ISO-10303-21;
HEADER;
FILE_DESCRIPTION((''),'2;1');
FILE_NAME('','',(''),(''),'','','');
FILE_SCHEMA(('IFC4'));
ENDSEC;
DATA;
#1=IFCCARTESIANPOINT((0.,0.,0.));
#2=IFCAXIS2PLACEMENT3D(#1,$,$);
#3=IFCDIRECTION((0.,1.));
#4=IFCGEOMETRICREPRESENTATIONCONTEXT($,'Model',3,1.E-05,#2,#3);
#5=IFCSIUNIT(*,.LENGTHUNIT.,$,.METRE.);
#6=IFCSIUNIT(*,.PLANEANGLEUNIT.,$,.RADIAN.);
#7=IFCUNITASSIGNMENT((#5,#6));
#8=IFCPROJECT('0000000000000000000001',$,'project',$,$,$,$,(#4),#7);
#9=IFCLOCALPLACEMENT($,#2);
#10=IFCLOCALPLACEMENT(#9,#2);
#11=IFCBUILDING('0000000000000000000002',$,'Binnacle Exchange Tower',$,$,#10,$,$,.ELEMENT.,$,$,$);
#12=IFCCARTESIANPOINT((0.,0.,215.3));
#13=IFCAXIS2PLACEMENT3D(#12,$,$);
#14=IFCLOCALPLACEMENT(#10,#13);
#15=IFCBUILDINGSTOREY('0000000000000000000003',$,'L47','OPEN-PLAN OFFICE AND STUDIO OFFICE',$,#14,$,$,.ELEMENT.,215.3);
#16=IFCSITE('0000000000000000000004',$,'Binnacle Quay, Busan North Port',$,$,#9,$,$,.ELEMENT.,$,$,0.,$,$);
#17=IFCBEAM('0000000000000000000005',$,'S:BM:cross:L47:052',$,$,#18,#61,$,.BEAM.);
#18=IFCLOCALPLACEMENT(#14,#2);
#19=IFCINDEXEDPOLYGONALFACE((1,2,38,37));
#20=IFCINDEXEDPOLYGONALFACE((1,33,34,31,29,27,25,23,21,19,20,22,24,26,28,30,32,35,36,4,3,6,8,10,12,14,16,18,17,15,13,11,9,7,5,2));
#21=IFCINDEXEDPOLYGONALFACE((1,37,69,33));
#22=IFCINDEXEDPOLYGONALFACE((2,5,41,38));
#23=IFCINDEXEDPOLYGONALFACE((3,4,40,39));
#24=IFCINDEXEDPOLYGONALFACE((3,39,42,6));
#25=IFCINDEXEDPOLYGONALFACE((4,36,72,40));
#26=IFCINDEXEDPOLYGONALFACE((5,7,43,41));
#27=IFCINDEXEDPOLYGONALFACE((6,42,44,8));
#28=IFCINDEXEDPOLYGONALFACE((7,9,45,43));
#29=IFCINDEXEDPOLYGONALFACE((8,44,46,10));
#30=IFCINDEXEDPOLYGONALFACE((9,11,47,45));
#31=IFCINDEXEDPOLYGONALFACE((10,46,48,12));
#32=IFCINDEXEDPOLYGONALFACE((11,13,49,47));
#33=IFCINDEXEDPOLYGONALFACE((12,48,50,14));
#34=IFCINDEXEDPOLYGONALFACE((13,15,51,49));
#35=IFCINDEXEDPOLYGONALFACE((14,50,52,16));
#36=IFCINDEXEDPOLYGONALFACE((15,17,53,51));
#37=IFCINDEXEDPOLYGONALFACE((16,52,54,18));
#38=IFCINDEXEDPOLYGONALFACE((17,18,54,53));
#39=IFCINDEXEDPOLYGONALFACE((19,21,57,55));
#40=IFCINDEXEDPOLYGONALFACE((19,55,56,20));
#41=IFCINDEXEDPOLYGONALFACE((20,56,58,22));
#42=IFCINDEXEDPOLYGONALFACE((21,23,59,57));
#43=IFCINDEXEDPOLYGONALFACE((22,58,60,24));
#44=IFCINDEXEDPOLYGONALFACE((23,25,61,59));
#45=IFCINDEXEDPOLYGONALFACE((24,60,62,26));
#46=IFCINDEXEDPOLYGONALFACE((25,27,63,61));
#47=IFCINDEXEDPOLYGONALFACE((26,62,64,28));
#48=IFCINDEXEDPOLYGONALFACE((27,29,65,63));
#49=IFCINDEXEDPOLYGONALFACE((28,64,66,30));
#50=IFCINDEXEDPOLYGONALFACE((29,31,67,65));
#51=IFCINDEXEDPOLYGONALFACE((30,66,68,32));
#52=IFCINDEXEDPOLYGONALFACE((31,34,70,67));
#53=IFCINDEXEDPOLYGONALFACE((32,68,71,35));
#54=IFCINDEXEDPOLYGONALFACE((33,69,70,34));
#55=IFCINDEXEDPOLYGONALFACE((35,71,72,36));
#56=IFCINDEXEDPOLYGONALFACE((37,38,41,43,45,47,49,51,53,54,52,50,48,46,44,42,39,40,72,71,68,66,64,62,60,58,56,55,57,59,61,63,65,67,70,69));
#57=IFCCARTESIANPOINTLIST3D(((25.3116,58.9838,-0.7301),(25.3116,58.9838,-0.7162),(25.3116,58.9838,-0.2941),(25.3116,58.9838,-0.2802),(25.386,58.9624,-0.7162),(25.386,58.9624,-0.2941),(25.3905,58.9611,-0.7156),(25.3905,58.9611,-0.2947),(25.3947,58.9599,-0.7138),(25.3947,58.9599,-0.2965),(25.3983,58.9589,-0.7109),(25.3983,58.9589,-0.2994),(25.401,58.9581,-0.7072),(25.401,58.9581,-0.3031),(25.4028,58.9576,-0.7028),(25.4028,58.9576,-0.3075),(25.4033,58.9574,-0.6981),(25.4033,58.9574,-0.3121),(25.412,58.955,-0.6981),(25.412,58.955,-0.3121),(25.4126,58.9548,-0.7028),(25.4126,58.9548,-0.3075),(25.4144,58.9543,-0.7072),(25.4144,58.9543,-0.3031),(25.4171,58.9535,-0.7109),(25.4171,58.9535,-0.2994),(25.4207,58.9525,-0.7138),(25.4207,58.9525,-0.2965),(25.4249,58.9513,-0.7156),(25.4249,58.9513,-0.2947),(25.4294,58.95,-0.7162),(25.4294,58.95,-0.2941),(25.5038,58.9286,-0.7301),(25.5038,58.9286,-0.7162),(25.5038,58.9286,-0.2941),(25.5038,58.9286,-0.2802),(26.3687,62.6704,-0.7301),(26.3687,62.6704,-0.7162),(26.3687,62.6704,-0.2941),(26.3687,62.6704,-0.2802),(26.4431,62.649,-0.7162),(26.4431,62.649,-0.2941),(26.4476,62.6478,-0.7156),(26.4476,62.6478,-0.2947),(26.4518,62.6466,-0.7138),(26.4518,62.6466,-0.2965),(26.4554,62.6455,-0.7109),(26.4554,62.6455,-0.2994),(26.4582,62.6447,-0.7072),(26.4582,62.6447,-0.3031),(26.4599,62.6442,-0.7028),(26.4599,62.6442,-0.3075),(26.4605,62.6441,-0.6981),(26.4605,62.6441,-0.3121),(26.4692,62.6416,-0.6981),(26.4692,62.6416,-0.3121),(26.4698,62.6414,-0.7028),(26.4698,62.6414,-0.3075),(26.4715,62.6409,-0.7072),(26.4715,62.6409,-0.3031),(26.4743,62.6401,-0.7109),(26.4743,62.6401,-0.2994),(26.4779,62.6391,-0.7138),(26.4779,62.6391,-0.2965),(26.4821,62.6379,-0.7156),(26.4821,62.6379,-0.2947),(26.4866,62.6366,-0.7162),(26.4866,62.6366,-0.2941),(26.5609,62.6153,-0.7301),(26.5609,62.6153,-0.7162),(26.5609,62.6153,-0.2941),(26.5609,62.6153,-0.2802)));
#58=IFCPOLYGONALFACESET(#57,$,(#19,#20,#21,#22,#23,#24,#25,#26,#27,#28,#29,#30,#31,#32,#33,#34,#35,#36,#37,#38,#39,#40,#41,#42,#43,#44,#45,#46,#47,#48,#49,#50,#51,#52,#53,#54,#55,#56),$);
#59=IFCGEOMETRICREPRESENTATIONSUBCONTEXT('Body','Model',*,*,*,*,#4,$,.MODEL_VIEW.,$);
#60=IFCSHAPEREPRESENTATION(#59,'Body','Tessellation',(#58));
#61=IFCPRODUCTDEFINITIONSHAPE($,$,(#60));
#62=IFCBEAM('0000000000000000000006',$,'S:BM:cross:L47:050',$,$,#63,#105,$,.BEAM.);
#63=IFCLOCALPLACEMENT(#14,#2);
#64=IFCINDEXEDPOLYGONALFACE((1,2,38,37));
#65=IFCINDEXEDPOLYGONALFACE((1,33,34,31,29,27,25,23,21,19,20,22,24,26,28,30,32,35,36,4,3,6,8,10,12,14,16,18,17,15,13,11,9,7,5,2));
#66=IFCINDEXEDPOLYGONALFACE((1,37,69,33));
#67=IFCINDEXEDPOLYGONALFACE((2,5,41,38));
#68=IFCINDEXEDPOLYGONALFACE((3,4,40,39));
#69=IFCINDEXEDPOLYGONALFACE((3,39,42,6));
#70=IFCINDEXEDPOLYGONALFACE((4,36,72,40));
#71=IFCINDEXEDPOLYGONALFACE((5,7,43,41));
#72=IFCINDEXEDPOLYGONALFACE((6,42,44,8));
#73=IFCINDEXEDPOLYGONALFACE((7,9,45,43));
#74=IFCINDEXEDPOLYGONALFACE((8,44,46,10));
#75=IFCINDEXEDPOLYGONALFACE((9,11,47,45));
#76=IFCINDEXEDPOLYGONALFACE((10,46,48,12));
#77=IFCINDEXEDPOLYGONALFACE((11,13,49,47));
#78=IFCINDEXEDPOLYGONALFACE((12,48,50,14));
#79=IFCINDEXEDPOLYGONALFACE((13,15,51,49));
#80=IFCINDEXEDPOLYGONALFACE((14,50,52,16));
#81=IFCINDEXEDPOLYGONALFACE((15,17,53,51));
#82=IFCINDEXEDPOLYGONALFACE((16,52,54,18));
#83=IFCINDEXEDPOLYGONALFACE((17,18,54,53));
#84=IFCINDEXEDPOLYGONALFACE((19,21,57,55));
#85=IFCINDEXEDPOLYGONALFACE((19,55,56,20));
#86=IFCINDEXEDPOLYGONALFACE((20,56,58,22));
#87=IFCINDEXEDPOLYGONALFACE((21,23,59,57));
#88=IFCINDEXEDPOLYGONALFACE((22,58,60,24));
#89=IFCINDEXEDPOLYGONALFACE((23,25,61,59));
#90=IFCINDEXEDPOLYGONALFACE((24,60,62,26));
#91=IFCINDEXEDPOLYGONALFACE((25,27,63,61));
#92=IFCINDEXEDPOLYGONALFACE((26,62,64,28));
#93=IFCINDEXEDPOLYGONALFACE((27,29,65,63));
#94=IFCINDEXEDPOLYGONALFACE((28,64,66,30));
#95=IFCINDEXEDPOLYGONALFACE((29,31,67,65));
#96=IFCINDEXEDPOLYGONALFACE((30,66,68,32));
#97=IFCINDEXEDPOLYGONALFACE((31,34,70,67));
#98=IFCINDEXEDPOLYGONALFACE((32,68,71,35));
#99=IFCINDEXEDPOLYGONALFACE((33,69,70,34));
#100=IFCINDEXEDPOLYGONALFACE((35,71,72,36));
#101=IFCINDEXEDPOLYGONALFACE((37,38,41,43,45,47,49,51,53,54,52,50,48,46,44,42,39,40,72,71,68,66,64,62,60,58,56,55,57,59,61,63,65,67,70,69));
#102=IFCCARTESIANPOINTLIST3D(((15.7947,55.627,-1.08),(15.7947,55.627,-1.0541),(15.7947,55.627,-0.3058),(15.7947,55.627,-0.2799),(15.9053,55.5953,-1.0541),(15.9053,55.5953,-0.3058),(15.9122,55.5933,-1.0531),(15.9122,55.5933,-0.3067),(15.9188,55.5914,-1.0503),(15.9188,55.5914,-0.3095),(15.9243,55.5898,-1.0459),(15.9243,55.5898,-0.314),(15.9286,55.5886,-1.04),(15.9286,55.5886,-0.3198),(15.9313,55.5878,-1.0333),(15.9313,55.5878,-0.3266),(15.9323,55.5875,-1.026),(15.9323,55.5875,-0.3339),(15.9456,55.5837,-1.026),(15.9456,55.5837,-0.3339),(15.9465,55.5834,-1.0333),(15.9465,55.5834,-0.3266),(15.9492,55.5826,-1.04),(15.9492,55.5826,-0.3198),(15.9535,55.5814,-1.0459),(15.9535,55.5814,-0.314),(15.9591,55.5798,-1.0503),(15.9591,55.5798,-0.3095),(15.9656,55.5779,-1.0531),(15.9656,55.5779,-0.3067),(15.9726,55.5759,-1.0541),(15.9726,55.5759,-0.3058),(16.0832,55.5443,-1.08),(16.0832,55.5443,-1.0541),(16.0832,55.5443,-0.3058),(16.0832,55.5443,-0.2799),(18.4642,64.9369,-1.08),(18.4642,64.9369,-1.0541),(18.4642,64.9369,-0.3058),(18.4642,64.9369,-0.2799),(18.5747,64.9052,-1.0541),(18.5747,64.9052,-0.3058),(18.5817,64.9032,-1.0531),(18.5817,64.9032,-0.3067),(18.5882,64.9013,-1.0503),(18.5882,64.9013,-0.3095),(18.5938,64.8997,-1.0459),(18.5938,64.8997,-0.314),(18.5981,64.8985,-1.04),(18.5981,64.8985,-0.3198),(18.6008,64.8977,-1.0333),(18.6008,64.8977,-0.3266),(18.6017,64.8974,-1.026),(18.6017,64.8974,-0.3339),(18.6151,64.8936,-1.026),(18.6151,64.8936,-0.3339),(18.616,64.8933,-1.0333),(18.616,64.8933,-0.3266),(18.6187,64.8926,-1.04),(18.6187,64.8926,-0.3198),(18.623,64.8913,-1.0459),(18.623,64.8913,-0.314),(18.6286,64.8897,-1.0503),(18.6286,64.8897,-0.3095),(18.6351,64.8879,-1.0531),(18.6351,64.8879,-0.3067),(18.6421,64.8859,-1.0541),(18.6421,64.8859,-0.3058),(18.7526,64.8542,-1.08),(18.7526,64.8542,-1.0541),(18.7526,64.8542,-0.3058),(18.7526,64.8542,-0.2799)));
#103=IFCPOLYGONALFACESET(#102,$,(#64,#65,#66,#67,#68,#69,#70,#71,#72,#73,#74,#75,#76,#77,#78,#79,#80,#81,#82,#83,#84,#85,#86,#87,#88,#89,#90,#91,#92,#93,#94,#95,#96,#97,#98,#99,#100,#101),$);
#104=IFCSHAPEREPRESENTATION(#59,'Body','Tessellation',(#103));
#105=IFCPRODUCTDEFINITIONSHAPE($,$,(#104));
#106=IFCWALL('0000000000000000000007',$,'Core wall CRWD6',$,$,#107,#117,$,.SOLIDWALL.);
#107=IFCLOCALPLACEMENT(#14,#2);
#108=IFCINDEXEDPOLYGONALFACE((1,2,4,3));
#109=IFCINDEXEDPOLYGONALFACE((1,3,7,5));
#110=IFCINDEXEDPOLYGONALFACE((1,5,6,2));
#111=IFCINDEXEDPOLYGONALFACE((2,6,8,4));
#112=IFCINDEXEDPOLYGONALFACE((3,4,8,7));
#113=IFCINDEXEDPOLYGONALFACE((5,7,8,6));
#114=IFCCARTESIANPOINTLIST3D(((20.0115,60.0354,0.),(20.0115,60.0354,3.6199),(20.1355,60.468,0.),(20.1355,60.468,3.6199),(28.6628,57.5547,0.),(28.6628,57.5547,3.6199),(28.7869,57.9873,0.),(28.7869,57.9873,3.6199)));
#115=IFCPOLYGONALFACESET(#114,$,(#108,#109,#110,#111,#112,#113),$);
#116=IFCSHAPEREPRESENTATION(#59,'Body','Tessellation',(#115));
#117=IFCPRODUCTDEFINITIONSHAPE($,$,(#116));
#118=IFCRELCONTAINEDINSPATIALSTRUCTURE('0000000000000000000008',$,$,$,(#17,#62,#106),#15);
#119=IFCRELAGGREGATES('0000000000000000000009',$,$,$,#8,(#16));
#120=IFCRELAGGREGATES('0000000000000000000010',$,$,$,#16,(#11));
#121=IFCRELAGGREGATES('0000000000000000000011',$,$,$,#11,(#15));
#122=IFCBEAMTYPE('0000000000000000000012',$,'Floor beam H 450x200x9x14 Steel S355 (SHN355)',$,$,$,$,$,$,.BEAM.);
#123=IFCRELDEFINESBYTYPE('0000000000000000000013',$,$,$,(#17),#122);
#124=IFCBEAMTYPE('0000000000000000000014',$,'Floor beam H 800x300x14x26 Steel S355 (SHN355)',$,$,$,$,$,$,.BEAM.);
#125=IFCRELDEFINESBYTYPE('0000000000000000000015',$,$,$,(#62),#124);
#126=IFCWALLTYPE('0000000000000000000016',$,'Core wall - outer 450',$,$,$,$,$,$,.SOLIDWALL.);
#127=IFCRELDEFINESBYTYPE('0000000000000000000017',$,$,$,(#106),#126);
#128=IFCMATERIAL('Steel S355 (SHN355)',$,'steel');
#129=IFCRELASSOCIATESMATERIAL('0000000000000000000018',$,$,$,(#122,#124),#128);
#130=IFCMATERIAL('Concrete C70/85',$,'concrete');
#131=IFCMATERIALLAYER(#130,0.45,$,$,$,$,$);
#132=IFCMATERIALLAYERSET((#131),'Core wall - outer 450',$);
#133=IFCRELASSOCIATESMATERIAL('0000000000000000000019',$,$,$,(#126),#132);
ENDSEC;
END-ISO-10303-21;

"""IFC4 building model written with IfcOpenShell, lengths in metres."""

from ifc_helpers import new_model, si_unit, direction, frame, frame_2d, origin, origin_2d, place, context, subcontext, project, spatial, rectangle, i_section, extrude, material, layer, layer_set, material_profile, profile_set, type_object, element, save


model = new_model("IFC4")

# Units and contexts
model_context = context("Model", 3, precision=1e-05, world=origin(), true_north=direction((0.0, 1.0)))
body_context = subcontext(model_context, "Body", "Model", "MODEL_VIEW")
ifc_project = project(units=[si_unit("LENGTHUNIT", "METRE"), si_unit("PLANEANGLEUNIT", "RADIAN")], contexts=[model_context])

# Site, building, storey
site_placement = place(None, origin())
site = spatial("IfcSite", under=ifc_project, at=site_placement, Name="Binnacle Quay, Busan North Port", CompositionType="ELEMENT", RefElevation=0.0)
building_placement = place(site_placement, origin())
building = spatial("IfcBuilding", under=site, at=building_placement, Name="Binnacle Exchange Tower", CompositionType="ELEMENT")
storey_placement = place(building_placement, frame((0.0, 0.0, 215.3)))
storey = spatial("IfcBuildingStorey", under=building, at=storey_placement, Name="L47", Description="OPEN-PLAN OFFICE AND STUDIO OFFICE", CompositionType="ELEMENT", Elevation=215.3)

# Beams
ifc_material_1 = material(Name="Steel S355 (SHN355)", Category="steel")
ifc_material_profile_1 = material_profile(ifc_material_1, i_section(OverallWidth=0.2, OverallDepth=0.45, WebThickness=0.009, FlangeThickness=0.0139, FilletRadius=0.0181, at=origin_2d()), Name="H 450x200x9x14")
ifc_profile_set_1 = profile_set([ifc_material_profile_1], Name="Steel S355 (SHN355)")
beam_type_1 = type_object("IfcBeamType", Name="Floor beam H 450x200x9x14 Steel S355 (SHN355)", PredefinedType="BEAM", material=ifc_profile_set_1)
beam_1_placement = place(storey_placement, frame((26.4648, 62.6428, -0.5051), z_axis=(-0.275646, -0.961259, 0.0), x_axis=(0.961259, -0.275646, 0.0)))
element("IfcBeam", 1, at=beam_1_placement, inside=storey, type_object=beam_type_1, Name="S:BM:cross:L47:052", PredefinedType="BEAM", context=body_context, shape_type="SweptSolid", body=[
    extrude(i_section(OverallWidth=0.2, OverallDepth=0.45, WebThickness=0.009, FlangeThickness=0.0139, FilletRadius=0.0181, at=origin_2d()), origin(), (0.0, 0.0, 1.0), 3.8352),
])
ifc_material_profile_2 = material_profile(ifc_material_1, i_section(OverallWidth=0.3, OverallDepth=0.8, WebThickness=0.0139, FlangeThickness=0.0259, FilletRadius=0.0281, at=origin_2d()), Name="H 800x300x14x26")
ifc_profile_set_2 = profile_set([ifc_material_profile_2], Name="Steel S355 (SHN355)")
beam_type_2 = type_object("IfcBeamType", Name="Floor beam H 800x300x14x26 Steel S355 (SHN355)", PredefinedType="BEAM", material=ifc_profile_set_2)
beam_2_placement = place(storey_placement, frame((18.6084, 64.8955, -0.6799), z_axis=(-0.275627, -0.961265, 0.0), x_axis=(0.961265, -0.275627, 0.0)))
element("IfcBeam", 2, at=beam_2_placement, inside=storey, type_object=beam_type_2, Name="S:BM:cross:L47:050", PredefinedType="BEAM", context=body_context, shape_type="SweptSolid", body=[
    extrude(i_section(OverallWidth=0.3, OverallDepth=0.8, WebThickness=0.0139, FlangeThickness=0.0259, FilletRadius=0.0281, at=origin_2d()), origin(), (0.0, 0.0, 1.0), 9.6851),
])

# Wall
ifc_material_2 = material(Name="Concrete C70/85", Category="concrete")
ifc_layer_1 = layer(ifc_material_2, 0.45)
ifc_layer_set_1 = layer_set([ifc_layer_1], Name="Core wall - outer 450")
wall_type_1 = type_object("IfcWallType", Name="Core wall - outer 450", PredefinedType="SOLIDWALL", material=ifc_layer_set_1)
wall_1_placement = place(storey_placement, frame((20.0735, 60.2517, 0.0), z_axis=(0.0, 0.0, 1.0), x_axis=(0.961262, -0.275635, 0.0)))
element("IfcWall", 3, at=wall_1_placement, inside=storey, type_object=wall_type_1, Name="Core wall CRWD6", PredefinedType="SOLIDWALL", context=body_context, shape_type="SweptSolid", body=[
    extrude(rectangle(XDim=9.0, YDim=0.45, at=frame_2d((4.5, 0.0))), origin(), (0.0, 0.0, 1.0), 3.6199),
])

save(model, "model.ifc")
